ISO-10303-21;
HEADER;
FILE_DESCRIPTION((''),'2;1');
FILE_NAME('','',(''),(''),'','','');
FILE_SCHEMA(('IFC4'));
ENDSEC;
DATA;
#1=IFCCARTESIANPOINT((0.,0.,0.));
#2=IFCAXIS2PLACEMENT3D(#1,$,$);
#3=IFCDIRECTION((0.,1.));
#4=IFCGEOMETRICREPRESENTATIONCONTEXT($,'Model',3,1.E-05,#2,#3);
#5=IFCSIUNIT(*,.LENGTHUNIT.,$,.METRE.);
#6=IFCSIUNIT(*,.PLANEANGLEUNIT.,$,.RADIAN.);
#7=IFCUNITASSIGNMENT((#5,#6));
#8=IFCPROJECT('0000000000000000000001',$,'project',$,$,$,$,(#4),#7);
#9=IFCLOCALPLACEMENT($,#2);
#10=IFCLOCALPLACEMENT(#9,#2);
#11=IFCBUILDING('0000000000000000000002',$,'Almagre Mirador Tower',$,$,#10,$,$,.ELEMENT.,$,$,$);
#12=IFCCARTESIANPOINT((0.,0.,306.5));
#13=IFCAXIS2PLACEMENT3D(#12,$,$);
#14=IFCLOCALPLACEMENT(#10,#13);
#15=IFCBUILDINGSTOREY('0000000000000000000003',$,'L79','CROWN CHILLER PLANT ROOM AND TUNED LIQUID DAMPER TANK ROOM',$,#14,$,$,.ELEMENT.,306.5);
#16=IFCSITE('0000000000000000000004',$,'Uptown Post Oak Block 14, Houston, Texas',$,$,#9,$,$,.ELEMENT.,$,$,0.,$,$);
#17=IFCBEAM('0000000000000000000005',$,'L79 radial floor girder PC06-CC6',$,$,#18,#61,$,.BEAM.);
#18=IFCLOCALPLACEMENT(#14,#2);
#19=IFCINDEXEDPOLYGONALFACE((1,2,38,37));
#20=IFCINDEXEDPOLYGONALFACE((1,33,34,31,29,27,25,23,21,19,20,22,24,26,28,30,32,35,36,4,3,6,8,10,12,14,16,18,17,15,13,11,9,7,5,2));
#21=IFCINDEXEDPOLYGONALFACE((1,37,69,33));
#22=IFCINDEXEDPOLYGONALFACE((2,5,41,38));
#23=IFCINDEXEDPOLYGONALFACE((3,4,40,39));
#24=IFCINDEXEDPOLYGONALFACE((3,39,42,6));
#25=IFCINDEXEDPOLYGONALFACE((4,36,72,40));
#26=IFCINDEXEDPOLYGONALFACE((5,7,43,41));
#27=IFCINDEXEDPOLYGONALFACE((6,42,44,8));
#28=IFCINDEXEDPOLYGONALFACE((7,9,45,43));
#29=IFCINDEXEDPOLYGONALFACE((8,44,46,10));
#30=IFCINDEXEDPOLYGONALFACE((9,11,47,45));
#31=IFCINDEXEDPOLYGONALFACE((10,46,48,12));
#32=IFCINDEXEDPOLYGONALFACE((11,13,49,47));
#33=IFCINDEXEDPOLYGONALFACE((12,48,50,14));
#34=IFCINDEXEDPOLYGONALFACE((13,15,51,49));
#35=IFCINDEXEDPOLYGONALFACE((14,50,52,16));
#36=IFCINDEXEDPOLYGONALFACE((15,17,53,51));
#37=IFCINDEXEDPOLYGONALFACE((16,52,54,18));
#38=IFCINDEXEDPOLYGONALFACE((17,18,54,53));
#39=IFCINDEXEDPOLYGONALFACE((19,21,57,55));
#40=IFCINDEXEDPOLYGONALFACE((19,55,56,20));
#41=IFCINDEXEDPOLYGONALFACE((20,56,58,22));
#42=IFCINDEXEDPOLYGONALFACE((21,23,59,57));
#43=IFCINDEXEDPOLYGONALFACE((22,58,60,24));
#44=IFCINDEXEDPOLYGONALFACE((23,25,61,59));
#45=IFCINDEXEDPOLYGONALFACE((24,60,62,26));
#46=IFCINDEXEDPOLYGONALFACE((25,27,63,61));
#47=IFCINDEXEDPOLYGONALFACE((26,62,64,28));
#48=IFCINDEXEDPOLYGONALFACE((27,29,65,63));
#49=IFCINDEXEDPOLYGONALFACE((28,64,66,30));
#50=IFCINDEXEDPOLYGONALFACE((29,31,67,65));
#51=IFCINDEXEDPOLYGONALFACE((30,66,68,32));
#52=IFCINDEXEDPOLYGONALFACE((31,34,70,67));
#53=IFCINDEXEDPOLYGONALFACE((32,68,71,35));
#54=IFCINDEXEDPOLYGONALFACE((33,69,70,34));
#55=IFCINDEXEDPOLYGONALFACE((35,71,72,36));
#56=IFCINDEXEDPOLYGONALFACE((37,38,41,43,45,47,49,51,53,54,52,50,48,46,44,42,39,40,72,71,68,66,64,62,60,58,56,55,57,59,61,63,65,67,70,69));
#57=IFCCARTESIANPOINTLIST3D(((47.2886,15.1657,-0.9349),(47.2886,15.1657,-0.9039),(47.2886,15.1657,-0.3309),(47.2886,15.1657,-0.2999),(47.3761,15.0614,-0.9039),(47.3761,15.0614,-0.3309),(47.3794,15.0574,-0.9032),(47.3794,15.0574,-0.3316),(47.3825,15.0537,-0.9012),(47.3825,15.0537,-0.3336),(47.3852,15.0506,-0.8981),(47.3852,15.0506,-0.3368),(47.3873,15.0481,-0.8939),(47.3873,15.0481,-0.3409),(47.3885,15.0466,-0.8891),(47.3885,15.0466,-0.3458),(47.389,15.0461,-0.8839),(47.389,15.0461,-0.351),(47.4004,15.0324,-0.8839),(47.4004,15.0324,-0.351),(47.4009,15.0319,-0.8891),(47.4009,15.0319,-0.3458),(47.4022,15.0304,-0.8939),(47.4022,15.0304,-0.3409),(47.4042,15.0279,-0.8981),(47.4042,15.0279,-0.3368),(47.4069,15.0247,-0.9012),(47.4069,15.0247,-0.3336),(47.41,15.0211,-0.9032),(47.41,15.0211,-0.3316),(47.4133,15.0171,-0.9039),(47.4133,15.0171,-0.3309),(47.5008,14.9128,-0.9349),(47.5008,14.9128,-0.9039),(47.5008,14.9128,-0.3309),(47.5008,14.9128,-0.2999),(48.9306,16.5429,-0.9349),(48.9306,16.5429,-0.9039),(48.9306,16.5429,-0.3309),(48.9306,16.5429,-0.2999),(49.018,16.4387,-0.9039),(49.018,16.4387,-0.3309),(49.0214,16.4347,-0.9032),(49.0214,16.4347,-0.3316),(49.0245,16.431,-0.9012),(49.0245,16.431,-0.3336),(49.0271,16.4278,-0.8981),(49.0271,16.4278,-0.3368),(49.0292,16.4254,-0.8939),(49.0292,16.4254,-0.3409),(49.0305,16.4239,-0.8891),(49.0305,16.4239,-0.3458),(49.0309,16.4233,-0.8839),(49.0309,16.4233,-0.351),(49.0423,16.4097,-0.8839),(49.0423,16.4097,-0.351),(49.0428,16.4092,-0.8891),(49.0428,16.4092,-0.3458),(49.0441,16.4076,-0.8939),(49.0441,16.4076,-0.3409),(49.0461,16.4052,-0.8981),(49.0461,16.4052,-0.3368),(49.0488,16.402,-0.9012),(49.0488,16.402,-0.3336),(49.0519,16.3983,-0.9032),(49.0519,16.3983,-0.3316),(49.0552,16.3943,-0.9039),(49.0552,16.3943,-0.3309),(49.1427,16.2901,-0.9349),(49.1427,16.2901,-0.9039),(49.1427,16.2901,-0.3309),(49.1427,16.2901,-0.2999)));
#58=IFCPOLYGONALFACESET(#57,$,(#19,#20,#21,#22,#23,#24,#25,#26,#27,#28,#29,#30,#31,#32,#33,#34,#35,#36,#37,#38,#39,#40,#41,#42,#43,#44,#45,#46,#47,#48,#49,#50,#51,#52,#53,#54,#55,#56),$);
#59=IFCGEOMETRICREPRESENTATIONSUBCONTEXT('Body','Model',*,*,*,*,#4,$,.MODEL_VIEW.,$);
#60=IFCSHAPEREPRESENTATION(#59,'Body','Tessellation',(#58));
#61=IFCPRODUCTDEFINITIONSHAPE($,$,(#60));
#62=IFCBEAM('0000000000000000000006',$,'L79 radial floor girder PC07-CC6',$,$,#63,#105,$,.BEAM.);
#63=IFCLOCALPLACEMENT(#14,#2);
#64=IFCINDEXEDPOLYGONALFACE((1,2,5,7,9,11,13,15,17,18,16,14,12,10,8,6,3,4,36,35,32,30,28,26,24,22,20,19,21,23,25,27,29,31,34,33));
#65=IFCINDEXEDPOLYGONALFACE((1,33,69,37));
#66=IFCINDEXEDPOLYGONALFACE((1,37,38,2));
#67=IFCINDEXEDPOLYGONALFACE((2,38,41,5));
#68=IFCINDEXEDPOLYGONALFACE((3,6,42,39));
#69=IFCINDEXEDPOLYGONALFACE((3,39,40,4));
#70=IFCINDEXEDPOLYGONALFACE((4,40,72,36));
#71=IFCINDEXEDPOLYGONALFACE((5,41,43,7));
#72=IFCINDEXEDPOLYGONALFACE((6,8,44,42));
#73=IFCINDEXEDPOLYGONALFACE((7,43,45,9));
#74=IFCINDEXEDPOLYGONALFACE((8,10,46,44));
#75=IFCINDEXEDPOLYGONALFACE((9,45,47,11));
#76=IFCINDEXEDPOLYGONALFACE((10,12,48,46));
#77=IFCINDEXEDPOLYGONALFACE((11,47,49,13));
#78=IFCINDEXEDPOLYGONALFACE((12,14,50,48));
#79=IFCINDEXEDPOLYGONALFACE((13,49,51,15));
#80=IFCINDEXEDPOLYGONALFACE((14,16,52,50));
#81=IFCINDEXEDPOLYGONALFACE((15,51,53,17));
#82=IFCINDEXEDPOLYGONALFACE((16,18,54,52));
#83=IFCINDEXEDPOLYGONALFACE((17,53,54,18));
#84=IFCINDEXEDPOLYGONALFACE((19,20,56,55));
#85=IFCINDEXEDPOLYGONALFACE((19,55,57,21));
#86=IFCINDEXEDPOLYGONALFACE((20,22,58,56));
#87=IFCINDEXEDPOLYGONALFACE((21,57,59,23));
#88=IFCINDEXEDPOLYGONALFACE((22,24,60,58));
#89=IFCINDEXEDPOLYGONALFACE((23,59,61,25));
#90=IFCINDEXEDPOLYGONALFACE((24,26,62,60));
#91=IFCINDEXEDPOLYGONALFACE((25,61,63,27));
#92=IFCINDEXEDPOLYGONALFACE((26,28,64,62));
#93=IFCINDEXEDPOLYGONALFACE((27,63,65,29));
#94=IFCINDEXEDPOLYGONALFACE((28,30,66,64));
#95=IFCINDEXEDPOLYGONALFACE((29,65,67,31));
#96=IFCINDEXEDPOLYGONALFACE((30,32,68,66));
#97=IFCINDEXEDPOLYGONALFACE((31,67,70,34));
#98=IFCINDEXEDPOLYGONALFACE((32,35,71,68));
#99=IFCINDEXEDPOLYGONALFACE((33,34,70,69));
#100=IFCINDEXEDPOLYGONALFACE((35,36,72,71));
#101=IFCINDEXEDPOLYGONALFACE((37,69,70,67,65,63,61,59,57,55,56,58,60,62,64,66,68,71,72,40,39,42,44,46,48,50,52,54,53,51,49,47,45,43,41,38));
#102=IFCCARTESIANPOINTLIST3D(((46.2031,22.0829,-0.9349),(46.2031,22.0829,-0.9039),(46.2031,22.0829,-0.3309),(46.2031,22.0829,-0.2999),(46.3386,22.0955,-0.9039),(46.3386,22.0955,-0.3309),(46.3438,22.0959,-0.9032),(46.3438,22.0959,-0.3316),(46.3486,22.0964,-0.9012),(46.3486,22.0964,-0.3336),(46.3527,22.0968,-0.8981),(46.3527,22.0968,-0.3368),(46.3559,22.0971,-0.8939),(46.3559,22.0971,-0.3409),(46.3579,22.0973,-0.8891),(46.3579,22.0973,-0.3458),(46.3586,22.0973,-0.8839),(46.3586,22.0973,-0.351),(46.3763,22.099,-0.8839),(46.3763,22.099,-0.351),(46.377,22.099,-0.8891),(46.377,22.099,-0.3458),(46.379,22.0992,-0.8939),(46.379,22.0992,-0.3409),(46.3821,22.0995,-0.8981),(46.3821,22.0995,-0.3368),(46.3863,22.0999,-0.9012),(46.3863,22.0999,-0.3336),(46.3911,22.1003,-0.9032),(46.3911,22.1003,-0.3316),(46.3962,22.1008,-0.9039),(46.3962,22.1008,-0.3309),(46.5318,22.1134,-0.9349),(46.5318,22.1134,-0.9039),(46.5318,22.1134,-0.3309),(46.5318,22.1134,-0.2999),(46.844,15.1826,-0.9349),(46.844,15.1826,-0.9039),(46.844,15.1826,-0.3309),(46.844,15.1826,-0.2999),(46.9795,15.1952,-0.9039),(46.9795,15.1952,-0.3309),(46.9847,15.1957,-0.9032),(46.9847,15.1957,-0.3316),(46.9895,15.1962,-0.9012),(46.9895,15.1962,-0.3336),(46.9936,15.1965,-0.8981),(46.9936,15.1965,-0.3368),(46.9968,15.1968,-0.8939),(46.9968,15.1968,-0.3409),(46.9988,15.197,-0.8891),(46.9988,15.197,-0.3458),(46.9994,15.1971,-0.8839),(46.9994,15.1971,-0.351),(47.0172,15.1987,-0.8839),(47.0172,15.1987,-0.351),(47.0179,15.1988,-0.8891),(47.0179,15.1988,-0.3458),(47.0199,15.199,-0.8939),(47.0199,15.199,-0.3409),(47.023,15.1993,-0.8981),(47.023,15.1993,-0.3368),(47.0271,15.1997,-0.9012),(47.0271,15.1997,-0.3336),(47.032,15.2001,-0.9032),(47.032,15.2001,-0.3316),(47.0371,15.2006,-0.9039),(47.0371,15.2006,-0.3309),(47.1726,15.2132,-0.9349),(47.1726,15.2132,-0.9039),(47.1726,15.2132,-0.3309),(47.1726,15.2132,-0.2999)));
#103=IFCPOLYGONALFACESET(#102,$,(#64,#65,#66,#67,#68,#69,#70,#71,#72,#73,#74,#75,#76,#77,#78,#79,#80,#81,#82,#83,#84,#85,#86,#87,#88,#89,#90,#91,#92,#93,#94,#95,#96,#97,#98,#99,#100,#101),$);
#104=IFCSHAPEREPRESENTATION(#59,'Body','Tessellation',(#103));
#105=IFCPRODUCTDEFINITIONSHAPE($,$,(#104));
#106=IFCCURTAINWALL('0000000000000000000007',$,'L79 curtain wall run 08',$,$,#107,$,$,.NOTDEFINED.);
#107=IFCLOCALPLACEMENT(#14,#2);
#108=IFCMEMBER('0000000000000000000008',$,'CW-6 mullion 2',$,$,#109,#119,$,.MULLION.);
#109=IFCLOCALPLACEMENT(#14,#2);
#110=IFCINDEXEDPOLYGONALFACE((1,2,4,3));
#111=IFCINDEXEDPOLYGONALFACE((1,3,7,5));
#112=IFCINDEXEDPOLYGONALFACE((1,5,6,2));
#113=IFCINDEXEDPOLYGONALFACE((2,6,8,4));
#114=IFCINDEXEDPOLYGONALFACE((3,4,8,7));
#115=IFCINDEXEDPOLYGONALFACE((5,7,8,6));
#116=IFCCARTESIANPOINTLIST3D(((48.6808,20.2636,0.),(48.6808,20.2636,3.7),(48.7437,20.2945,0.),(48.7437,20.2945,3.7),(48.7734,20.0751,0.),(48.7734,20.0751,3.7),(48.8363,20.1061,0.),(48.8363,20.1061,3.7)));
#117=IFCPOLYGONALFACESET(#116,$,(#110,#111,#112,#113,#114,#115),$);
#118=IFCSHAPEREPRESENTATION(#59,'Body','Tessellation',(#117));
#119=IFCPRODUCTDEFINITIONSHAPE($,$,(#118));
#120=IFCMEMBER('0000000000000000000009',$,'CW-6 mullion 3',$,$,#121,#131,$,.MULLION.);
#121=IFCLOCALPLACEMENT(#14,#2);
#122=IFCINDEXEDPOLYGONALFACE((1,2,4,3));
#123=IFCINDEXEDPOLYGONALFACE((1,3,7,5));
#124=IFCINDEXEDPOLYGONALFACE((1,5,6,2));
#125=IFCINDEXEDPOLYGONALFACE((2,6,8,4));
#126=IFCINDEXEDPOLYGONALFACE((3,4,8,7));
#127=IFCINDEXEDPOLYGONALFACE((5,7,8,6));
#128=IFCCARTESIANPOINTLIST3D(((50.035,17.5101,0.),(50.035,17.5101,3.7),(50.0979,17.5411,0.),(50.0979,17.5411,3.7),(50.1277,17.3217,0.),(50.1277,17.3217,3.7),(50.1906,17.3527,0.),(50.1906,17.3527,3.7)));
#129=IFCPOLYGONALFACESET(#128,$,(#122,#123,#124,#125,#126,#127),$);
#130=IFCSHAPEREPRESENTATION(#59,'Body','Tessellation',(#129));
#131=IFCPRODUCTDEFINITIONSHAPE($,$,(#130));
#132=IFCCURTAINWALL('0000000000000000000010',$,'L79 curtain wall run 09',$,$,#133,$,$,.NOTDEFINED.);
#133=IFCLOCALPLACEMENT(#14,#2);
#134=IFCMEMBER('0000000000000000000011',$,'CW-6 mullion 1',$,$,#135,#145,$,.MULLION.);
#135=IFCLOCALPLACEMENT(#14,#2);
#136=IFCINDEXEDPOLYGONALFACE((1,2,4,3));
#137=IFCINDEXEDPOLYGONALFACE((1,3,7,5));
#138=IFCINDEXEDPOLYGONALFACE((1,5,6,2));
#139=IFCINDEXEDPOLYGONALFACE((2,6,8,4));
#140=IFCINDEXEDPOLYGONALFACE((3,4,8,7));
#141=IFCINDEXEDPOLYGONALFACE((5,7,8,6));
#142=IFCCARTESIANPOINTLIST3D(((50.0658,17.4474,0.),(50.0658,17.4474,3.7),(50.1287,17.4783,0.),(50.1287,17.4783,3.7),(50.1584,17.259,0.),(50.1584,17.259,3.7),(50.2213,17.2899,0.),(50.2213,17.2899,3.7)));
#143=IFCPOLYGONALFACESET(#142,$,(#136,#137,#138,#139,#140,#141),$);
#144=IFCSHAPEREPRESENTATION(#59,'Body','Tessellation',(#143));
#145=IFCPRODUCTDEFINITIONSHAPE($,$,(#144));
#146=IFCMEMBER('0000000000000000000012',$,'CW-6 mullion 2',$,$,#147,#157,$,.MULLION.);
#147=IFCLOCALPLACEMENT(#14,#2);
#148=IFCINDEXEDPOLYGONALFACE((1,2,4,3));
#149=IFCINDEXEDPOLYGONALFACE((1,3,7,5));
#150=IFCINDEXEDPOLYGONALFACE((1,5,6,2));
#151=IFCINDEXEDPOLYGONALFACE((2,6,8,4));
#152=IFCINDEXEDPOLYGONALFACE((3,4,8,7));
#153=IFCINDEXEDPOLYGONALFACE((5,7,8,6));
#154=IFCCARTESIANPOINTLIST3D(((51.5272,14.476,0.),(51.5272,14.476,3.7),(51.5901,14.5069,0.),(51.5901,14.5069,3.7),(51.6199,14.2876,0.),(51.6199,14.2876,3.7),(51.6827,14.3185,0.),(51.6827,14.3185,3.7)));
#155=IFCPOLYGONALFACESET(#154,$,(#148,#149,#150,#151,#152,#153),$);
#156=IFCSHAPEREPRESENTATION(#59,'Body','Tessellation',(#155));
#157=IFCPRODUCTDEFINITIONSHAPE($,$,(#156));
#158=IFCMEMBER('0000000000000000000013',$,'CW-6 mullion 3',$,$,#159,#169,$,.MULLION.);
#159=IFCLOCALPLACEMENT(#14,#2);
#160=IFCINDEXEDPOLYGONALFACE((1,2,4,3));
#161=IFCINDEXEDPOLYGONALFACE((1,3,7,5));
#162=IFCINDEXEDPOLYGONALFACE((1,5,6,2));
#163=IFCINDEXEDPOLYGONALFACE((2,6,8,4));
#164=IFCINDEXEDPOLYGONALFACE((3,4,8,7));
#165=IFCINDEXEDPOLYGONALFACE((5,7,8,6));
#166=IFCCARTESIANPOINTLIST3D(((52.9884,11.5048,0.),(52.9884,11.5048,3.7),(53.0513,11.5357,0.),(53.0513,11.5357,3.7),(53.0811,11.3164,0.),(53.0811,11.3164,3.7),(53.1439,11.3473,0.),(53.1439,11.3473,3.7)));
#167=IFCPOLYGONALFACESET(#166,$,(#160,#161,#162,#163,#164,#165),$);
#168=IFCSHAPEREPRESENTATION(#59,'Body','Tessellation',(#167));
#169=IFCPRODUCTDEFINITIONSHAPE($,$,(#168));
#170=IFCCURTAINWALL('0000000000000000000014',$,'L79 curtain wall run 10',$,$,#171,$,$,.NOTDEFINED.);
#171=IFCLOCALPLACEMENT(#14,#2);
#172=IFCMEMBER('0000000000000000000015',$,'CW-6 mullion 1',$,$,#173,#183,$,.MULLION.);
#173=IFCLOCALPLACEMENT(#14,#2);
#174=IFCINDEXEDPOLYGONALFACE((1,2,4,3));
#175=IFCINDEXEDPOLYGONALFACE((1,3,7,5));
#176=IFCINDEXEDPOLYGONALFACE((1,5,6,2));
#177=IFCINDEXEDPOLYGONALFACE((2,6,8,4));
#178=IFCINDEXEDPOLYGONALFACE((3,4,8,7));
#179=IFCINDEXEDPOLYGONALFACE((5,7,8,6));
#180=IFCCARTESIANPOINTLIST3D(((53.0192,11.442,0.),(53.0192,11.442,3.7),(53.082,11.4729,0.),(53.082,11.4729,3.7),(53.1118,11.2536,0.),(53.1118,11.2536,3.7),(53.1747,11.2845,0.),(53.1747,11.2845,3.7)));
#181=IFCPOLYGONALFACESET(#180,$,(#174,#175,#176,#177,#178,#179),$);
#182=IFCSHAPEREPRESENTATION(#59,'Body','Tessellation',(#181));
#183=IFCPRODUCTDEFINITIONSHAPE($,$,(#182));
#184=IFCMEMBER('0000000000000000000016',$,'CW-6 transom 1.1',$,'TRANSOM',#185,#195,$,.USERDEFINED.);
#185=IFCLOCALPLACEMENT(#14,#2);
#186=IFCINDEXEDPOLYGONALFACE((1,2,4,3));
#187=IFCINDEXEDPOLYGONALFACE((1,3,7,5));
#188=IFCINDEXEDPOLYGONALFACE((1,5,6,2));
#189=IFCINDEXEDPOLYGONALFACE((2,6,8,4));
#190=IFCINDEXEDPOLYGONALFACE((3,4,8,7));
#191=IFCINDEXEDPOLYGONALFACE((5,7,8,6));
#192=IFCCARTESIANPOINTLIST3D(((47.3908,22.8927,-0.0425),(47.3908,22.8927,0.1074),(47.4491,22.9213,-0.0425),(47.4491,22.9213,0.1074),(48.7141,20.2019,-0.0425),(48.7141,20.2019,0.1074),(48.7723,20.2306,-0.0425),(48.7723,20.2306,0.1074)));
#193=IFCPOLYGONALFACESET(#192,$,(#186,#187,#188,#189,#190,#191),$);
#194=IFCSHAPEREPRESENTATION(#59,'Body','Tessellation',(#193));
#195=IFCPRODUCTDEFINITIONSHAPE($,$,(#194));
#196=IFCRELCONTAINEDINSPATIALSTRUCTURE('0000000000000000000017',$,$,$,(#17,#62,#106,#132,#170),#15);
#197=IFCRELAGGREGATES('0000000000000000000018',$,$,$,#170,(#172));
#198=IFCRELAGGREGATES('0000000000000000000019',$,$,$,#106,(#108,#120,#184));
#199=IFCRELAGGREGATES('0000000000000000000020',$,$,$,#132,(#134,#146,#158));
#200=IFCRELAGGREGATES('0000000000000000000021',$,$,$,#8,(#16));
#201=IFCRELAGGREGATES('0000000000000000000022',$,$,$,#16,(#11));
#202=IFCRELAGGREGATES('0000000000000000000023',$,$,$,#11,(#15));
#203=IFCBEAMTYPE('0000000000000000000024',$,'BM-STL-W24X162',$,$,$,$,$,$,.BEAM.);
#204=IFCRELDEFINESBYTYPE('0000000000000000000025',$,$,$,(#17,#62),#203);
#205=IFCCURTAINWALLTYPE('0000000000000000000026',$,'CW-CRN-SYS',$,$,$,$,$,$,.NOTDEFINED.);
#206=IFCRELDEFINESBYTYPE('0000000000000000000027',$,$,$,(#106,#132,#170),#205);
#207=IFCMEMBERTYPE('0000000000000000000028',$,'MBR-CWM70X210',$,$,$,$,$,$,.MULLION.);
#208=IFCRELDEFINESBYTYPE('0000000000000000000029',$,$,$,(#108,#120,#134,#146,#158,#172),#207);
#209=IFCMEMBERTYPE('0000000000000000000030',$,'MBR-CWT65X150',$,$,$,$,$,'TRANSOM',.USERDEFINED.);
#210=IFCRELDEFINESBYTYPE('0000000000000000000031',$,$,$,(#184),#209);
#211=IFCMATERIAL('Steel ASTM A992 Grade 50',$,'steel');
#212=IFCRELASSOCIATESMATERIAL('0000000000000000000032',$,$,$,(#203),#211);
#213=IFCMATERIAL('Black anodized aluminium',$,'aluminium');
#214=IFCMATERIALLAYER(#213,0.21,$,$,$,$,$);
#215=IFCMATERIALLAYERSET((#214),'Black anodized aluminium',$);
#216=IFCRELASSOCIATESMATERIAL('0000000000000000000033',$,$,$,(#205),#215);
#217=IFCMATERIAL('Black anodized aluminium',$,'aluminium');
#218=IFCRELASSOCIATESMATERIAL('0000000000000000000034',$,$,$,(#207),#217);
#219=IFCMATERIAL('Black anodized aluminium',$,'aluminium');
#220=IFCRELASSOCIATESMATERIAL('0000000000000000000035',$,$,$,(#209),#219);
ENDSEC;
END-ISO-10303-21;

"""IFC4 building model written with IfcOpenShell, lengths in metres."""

from ifc_helpers import new_model, si_unit, direction, frame, origin, origin_2d, place, context, subcontext, project, spatial, rectangle, i_section, extrude, material, layer, layer_set, material_profile, profile_set, type_object, element, aggregate, save


model = new_model("IFC4")

# Units and contexts
model_context = context("Model", 3, precision=1e-05, world=origin(), true_north=direction((0.0, 1.0)))
body_context = subcontext(model_context, "Body", "Model", "MODEL_VIEW")
ifc_project = project(units=[si_unit("LENGTHUNIT", "METRE"), si_unit("PLANEANGLEUNIT", "RADIAN")], contexts=[model_context])

# Site, building, storey
site_placement = place(None, origin())
site = spatial("IfcSite", under=ifc_project, at=site_placement, Name="Uptown Post Oak Block 14, Houston, Texas", CompositionType="ELEMENT", RefElevation=0.0)
building_placement = place(site_placement, origin())
building = spatial("IfcBuilding", under=site, at=building_placement, Name="Almagre Mirador Tower", CompositionType="ELEMENT")
storey_placement = place(building_placement, frame((0.0, 0.0, 306.5)))
storey = spatial("IfcBuildingStorey", under=building, at=storey_placement, Name="L79", Description="CROWN CHILLER PLANT ROOM AND TUNED LIQUID DAMPER TANK ROOM", CompositionType="ELEMENT", Elevation=306.5)

# Beams
ifc_material_1 = material(Name="Steel ASTM A992 Grade 50", Category="steel")
ifc_material_profile_1 = material_profile(ifc_material_1, i_section(OverallWidth=0.3301, OverallDepth=0.635, WebThickness=0.0178, FlangeThickness=0.031, FilletRadius=0.02, at=origin_2d()), Name="W24X162")
ifc_profile_set_1 = profile_set([ifc_material_profile_1], Name="Steel ASTM A992 Grade 50")
beam_type_1 = type_object("IfcBeamType", Name="BM-STL-W24X162", PredefinedType="BEAM", material=ifc_profile_set_1)
beam_1_placement = place(storey_placement, frame((49.0366, 16.4165, -0.6174), z_axis=(-0.766154, -0.642658, 0.0), x_axis=(0.642658, -0.766154, 0.0)))
element("IfcBeam", 1, at=beam_1_placement, inside=storey, type_object=beam_type_1, Name="L79 radial floor girder PC06-CC6", PredefinedType="BEAM", context=body_context, shape_type="SweptSolid", body=[
    extrude(i_section(OverallWidth=0.3301, OverallDepth=0.635, WebThickness=0.0178, FlangeThickness=0.031, FilletRadius=0.02, at=origin_2d()), origin(), (0.0, 0.0, 1.0), 2.1431),
])
beam_2_placement = place(storey_placement, frame((46.3674, 22.0981, -0.6174), z_axis=(0.09248, -0.995715, 0.0), x_axis=(0.995715, 0.09248, 0.0)))
element("IfcBeam", 2, at=beam_2_placement, inside=storey, type_object=beam_type_1, Name="L79 radial floor girder PC07-CC6", PredefinedType="BEAM", context=body_context, shape_type="SweptSolid", body=[
    extrude(i_section(OverallWidth=0.3301, OverallDepth=0.635, WebThickness=0.0178, FlangeThickness=0.031, FilletRadius=0.02, at=origin_2d()), origin(), (0.0, 0.0, 1.0), 6.9299),
])

# Curtain walls, members
ifc_material_2 = material(Name="Black anodized aluminium", Category="aluminium")
ifc_layer_1 = layer(ifc_material_2, 0.21)
ifc_layer_set_1 = layer_set([ifc_layer_1], Name="Black anodized aluminium")
curtain_wall_type = type_object("IfcCurtainWallType", Name="CW-CRN-SYS", PredefinedType="NOTDEFINED", material=ifc_layer_set_1)
curtain_wall_1_placement = place(storey_placement, origin())
curtain_wall_1 = element("IfcCurtainWall", 3, at=curtain_wall_1_placement, inside=storey, type_object=curtain_wall_type, Name="L79 curtain wall run 08", PredefinedType="NOTDEFINED")
ifc_material_3 = material(Name="Black anodized aluminium", Category="aluminium")
ifc_material_profile_2 = material_profile(ifc_material_3, rectangle(XDim=0.0701, YDim=0.21, at=origin_2d()), Name="CWM70X210")
ifc_profile_set_2 = profile_set([ifc_material_profile_2], Name="Black anodized aluminium")
member_type_1 = type_object("IfcMemberType", Name="MBR-CWM70X210", PredefinedType="MULLION", material=ifc_profile_set_2)
member_1_placement = place(storey_placement, frame((48.7585, 20.1848, 0.0), z_axis=(0.0, 0.0, 1.0), x_axis=(0.897359, 0.441301, 0.0)))
member_1 = element("IfcMember", 4, at=member_1_placement, type_object=member_type_1, Name="CW-6 mullion 2", PredefinedType="MULLION", context=body_context, shape_type="SweptSolid", body=[
    extrude(rectangle(XDim=0.0701, YDim=0.21, at=origin_2d()), origin(), (0.0, 0.0, 1.0), 3.7),
])
member_2_placement = place(storey_placement, frame((50.1128, 17.4314, 0.0), z_axis=(0.0, 0.0, 1.0), x_axis=(0.897359, 0.441301, 0.0)))
member_2 = element("IfcMember", 5, at=member_2_placement, type_object=member_type_1, Name="CW-6 mullion 3", PredefinedType="MULLION", context=body_context, shape_type="SweptSolid", body=[
    extrude(rectangle(XDim=0.0701, YDim=0.21, at=origin_2d()), origin(), (0.0, 0.0, 1.0), 3.7),
])
curtain_wall_2_placement = place(storey_placement, origin())
curtain_wall_2 = element("IfcCurtainWall", 6, at=curtain_wall_2_placement, inside=storey, type_object=curtain_wall_type, Name="L79 curtain wall run 09", PredefinedType="NOTDEFINED")
member_3_placement = place(storey_placement, frame((50.1436, 17.3687, 0.0), z_axis=(0.0, 0.0, 1.0), x_axis=(0.897354, 0.441311, 0.0)))
member_3 = element("IfcMember", 7, at=member_3_placement, type_object=member_type_1, Name="CW-6 mullion 1", PredefinedType="MULLION", context=body_context, shape_type="SweptSolid", body=[
    extrude(rectangle(XDim=0.0701, YDim=0.21, at=origin_2d()), origin(), (0.0, 0.0, 1.0), 3.7),
])
member_4_placement = place(storey_placement, frame((51.605, 14.3972, 0.0), z_axis=(0.0, 0.0, 1.0), x_axis=(0.897354, 0.441311, 0.0)))
member_4 = element("IfcMember", 8, at=member_4_placement, type_object=member_type_1, Name="CW-6 mullion 2", PredefinedType="MULLION", context=body_context, shape_type="SweptSolid", body=[
    extrude(rectangle(XDim=0.0701, YDim=0.21, at=origin_2d()), origin(), (0.0, 0.0, 1.0), 3.7),
])
member_5_placement = place(storey_placement, frame((53.0662, 11.426, 0.0), z_axis=(0.0, 0.0, 1.0), x_axis=(0.897354, 0.441311, 0.0)))
member_5 = element("IfcMember", 9, at=member_5_placement, type_object=member_type_1, Name="CW-6 mullion 3", PredefinedType="MULLION", context=body_context, shape_type="SweptSolid", body=[
    extrude(rectangle(XDim=0.0701, YDim=0.21, at=origin_2d()), origin(), (0.0, 0.0, 1.0), 3.7),
])

# Curtain wall, member
curtain_wall_3_placement = place(storey_placement, origin())
curtain_wall_3 = element("IfcCurtainWall", 10, at=curtain_wall_3_placement, inside=storey, type_object=curtain_wall_type, Name="L79 curtain wall run 10", PredefinedType="NOTDEFINED")
member_6_placement = place(storey_placement, frame((53.0969, 11.3633, 0.0), z_axis=(0.0, 0.0, 1.0), x_axis=(0.89736, 0.441299, 0.0)))
member_6 = element("IfcMember", 11, at=member_6_placement, type_object=member_type_1, Name="CW-6 mullion 1", PredefinedType="MULLION", context=body_context, shape_type="SweptSolid", body=[
    extrude(rectangle(XDim=0.0701, YDim=0.21, at=origin_2d()), origin(), (0.0, 0.0, 1.0), 3.7),
])

# Member
ifc_material_4 = material(Name="Black anodized aluminium", Category="aluminium")
ifc_material_profile_3 = material_profile(ifc_material_4, rectangle(XDim=0.0649, YDim=0.1499, at=origin_2d()), Name="CWT65X150")
ifc_profile_set_3 = profile_set([ifc_material_profile_3], Name="Black anodized aluminium")
member_type_2 = type_object("IfcMemberType", Name="MBR-CWT65X150", ElementType="TRANSOM", PredefinedType="USERDEFINED", material=ifc_profile_set_3)
member_7_placement = place(storey_placement, frame((47.4199, 22.907, 0.0325), z_axis=(0.441309, -0.897355, 0.0), x_axis=(0.897355, 0.441309, 0.0)))
member_7 = element("IfcMember", 12, at=member_7_placement, type_object=member_type_2, Name="CW-6 transom 1.1", ObjectType="TRANSOM", PredefinedType="USERDEFINED", context=body_context, shape_type="SweptSolid", body=[
    extrude(rectangle(XDim=0.0649, YDim=0.1499, at=origin_2d()), origin(), (0.0, 0.0, 1.0), 2.9985),
])
aggregate(curtain_wall_3, [member_6])

aggregate(curtain_wall_1, [member_1, member_2, member_7])
aggregate(curtain_wall_2, [member_3, member_4, member_5])

save(model, "model.ifc")
